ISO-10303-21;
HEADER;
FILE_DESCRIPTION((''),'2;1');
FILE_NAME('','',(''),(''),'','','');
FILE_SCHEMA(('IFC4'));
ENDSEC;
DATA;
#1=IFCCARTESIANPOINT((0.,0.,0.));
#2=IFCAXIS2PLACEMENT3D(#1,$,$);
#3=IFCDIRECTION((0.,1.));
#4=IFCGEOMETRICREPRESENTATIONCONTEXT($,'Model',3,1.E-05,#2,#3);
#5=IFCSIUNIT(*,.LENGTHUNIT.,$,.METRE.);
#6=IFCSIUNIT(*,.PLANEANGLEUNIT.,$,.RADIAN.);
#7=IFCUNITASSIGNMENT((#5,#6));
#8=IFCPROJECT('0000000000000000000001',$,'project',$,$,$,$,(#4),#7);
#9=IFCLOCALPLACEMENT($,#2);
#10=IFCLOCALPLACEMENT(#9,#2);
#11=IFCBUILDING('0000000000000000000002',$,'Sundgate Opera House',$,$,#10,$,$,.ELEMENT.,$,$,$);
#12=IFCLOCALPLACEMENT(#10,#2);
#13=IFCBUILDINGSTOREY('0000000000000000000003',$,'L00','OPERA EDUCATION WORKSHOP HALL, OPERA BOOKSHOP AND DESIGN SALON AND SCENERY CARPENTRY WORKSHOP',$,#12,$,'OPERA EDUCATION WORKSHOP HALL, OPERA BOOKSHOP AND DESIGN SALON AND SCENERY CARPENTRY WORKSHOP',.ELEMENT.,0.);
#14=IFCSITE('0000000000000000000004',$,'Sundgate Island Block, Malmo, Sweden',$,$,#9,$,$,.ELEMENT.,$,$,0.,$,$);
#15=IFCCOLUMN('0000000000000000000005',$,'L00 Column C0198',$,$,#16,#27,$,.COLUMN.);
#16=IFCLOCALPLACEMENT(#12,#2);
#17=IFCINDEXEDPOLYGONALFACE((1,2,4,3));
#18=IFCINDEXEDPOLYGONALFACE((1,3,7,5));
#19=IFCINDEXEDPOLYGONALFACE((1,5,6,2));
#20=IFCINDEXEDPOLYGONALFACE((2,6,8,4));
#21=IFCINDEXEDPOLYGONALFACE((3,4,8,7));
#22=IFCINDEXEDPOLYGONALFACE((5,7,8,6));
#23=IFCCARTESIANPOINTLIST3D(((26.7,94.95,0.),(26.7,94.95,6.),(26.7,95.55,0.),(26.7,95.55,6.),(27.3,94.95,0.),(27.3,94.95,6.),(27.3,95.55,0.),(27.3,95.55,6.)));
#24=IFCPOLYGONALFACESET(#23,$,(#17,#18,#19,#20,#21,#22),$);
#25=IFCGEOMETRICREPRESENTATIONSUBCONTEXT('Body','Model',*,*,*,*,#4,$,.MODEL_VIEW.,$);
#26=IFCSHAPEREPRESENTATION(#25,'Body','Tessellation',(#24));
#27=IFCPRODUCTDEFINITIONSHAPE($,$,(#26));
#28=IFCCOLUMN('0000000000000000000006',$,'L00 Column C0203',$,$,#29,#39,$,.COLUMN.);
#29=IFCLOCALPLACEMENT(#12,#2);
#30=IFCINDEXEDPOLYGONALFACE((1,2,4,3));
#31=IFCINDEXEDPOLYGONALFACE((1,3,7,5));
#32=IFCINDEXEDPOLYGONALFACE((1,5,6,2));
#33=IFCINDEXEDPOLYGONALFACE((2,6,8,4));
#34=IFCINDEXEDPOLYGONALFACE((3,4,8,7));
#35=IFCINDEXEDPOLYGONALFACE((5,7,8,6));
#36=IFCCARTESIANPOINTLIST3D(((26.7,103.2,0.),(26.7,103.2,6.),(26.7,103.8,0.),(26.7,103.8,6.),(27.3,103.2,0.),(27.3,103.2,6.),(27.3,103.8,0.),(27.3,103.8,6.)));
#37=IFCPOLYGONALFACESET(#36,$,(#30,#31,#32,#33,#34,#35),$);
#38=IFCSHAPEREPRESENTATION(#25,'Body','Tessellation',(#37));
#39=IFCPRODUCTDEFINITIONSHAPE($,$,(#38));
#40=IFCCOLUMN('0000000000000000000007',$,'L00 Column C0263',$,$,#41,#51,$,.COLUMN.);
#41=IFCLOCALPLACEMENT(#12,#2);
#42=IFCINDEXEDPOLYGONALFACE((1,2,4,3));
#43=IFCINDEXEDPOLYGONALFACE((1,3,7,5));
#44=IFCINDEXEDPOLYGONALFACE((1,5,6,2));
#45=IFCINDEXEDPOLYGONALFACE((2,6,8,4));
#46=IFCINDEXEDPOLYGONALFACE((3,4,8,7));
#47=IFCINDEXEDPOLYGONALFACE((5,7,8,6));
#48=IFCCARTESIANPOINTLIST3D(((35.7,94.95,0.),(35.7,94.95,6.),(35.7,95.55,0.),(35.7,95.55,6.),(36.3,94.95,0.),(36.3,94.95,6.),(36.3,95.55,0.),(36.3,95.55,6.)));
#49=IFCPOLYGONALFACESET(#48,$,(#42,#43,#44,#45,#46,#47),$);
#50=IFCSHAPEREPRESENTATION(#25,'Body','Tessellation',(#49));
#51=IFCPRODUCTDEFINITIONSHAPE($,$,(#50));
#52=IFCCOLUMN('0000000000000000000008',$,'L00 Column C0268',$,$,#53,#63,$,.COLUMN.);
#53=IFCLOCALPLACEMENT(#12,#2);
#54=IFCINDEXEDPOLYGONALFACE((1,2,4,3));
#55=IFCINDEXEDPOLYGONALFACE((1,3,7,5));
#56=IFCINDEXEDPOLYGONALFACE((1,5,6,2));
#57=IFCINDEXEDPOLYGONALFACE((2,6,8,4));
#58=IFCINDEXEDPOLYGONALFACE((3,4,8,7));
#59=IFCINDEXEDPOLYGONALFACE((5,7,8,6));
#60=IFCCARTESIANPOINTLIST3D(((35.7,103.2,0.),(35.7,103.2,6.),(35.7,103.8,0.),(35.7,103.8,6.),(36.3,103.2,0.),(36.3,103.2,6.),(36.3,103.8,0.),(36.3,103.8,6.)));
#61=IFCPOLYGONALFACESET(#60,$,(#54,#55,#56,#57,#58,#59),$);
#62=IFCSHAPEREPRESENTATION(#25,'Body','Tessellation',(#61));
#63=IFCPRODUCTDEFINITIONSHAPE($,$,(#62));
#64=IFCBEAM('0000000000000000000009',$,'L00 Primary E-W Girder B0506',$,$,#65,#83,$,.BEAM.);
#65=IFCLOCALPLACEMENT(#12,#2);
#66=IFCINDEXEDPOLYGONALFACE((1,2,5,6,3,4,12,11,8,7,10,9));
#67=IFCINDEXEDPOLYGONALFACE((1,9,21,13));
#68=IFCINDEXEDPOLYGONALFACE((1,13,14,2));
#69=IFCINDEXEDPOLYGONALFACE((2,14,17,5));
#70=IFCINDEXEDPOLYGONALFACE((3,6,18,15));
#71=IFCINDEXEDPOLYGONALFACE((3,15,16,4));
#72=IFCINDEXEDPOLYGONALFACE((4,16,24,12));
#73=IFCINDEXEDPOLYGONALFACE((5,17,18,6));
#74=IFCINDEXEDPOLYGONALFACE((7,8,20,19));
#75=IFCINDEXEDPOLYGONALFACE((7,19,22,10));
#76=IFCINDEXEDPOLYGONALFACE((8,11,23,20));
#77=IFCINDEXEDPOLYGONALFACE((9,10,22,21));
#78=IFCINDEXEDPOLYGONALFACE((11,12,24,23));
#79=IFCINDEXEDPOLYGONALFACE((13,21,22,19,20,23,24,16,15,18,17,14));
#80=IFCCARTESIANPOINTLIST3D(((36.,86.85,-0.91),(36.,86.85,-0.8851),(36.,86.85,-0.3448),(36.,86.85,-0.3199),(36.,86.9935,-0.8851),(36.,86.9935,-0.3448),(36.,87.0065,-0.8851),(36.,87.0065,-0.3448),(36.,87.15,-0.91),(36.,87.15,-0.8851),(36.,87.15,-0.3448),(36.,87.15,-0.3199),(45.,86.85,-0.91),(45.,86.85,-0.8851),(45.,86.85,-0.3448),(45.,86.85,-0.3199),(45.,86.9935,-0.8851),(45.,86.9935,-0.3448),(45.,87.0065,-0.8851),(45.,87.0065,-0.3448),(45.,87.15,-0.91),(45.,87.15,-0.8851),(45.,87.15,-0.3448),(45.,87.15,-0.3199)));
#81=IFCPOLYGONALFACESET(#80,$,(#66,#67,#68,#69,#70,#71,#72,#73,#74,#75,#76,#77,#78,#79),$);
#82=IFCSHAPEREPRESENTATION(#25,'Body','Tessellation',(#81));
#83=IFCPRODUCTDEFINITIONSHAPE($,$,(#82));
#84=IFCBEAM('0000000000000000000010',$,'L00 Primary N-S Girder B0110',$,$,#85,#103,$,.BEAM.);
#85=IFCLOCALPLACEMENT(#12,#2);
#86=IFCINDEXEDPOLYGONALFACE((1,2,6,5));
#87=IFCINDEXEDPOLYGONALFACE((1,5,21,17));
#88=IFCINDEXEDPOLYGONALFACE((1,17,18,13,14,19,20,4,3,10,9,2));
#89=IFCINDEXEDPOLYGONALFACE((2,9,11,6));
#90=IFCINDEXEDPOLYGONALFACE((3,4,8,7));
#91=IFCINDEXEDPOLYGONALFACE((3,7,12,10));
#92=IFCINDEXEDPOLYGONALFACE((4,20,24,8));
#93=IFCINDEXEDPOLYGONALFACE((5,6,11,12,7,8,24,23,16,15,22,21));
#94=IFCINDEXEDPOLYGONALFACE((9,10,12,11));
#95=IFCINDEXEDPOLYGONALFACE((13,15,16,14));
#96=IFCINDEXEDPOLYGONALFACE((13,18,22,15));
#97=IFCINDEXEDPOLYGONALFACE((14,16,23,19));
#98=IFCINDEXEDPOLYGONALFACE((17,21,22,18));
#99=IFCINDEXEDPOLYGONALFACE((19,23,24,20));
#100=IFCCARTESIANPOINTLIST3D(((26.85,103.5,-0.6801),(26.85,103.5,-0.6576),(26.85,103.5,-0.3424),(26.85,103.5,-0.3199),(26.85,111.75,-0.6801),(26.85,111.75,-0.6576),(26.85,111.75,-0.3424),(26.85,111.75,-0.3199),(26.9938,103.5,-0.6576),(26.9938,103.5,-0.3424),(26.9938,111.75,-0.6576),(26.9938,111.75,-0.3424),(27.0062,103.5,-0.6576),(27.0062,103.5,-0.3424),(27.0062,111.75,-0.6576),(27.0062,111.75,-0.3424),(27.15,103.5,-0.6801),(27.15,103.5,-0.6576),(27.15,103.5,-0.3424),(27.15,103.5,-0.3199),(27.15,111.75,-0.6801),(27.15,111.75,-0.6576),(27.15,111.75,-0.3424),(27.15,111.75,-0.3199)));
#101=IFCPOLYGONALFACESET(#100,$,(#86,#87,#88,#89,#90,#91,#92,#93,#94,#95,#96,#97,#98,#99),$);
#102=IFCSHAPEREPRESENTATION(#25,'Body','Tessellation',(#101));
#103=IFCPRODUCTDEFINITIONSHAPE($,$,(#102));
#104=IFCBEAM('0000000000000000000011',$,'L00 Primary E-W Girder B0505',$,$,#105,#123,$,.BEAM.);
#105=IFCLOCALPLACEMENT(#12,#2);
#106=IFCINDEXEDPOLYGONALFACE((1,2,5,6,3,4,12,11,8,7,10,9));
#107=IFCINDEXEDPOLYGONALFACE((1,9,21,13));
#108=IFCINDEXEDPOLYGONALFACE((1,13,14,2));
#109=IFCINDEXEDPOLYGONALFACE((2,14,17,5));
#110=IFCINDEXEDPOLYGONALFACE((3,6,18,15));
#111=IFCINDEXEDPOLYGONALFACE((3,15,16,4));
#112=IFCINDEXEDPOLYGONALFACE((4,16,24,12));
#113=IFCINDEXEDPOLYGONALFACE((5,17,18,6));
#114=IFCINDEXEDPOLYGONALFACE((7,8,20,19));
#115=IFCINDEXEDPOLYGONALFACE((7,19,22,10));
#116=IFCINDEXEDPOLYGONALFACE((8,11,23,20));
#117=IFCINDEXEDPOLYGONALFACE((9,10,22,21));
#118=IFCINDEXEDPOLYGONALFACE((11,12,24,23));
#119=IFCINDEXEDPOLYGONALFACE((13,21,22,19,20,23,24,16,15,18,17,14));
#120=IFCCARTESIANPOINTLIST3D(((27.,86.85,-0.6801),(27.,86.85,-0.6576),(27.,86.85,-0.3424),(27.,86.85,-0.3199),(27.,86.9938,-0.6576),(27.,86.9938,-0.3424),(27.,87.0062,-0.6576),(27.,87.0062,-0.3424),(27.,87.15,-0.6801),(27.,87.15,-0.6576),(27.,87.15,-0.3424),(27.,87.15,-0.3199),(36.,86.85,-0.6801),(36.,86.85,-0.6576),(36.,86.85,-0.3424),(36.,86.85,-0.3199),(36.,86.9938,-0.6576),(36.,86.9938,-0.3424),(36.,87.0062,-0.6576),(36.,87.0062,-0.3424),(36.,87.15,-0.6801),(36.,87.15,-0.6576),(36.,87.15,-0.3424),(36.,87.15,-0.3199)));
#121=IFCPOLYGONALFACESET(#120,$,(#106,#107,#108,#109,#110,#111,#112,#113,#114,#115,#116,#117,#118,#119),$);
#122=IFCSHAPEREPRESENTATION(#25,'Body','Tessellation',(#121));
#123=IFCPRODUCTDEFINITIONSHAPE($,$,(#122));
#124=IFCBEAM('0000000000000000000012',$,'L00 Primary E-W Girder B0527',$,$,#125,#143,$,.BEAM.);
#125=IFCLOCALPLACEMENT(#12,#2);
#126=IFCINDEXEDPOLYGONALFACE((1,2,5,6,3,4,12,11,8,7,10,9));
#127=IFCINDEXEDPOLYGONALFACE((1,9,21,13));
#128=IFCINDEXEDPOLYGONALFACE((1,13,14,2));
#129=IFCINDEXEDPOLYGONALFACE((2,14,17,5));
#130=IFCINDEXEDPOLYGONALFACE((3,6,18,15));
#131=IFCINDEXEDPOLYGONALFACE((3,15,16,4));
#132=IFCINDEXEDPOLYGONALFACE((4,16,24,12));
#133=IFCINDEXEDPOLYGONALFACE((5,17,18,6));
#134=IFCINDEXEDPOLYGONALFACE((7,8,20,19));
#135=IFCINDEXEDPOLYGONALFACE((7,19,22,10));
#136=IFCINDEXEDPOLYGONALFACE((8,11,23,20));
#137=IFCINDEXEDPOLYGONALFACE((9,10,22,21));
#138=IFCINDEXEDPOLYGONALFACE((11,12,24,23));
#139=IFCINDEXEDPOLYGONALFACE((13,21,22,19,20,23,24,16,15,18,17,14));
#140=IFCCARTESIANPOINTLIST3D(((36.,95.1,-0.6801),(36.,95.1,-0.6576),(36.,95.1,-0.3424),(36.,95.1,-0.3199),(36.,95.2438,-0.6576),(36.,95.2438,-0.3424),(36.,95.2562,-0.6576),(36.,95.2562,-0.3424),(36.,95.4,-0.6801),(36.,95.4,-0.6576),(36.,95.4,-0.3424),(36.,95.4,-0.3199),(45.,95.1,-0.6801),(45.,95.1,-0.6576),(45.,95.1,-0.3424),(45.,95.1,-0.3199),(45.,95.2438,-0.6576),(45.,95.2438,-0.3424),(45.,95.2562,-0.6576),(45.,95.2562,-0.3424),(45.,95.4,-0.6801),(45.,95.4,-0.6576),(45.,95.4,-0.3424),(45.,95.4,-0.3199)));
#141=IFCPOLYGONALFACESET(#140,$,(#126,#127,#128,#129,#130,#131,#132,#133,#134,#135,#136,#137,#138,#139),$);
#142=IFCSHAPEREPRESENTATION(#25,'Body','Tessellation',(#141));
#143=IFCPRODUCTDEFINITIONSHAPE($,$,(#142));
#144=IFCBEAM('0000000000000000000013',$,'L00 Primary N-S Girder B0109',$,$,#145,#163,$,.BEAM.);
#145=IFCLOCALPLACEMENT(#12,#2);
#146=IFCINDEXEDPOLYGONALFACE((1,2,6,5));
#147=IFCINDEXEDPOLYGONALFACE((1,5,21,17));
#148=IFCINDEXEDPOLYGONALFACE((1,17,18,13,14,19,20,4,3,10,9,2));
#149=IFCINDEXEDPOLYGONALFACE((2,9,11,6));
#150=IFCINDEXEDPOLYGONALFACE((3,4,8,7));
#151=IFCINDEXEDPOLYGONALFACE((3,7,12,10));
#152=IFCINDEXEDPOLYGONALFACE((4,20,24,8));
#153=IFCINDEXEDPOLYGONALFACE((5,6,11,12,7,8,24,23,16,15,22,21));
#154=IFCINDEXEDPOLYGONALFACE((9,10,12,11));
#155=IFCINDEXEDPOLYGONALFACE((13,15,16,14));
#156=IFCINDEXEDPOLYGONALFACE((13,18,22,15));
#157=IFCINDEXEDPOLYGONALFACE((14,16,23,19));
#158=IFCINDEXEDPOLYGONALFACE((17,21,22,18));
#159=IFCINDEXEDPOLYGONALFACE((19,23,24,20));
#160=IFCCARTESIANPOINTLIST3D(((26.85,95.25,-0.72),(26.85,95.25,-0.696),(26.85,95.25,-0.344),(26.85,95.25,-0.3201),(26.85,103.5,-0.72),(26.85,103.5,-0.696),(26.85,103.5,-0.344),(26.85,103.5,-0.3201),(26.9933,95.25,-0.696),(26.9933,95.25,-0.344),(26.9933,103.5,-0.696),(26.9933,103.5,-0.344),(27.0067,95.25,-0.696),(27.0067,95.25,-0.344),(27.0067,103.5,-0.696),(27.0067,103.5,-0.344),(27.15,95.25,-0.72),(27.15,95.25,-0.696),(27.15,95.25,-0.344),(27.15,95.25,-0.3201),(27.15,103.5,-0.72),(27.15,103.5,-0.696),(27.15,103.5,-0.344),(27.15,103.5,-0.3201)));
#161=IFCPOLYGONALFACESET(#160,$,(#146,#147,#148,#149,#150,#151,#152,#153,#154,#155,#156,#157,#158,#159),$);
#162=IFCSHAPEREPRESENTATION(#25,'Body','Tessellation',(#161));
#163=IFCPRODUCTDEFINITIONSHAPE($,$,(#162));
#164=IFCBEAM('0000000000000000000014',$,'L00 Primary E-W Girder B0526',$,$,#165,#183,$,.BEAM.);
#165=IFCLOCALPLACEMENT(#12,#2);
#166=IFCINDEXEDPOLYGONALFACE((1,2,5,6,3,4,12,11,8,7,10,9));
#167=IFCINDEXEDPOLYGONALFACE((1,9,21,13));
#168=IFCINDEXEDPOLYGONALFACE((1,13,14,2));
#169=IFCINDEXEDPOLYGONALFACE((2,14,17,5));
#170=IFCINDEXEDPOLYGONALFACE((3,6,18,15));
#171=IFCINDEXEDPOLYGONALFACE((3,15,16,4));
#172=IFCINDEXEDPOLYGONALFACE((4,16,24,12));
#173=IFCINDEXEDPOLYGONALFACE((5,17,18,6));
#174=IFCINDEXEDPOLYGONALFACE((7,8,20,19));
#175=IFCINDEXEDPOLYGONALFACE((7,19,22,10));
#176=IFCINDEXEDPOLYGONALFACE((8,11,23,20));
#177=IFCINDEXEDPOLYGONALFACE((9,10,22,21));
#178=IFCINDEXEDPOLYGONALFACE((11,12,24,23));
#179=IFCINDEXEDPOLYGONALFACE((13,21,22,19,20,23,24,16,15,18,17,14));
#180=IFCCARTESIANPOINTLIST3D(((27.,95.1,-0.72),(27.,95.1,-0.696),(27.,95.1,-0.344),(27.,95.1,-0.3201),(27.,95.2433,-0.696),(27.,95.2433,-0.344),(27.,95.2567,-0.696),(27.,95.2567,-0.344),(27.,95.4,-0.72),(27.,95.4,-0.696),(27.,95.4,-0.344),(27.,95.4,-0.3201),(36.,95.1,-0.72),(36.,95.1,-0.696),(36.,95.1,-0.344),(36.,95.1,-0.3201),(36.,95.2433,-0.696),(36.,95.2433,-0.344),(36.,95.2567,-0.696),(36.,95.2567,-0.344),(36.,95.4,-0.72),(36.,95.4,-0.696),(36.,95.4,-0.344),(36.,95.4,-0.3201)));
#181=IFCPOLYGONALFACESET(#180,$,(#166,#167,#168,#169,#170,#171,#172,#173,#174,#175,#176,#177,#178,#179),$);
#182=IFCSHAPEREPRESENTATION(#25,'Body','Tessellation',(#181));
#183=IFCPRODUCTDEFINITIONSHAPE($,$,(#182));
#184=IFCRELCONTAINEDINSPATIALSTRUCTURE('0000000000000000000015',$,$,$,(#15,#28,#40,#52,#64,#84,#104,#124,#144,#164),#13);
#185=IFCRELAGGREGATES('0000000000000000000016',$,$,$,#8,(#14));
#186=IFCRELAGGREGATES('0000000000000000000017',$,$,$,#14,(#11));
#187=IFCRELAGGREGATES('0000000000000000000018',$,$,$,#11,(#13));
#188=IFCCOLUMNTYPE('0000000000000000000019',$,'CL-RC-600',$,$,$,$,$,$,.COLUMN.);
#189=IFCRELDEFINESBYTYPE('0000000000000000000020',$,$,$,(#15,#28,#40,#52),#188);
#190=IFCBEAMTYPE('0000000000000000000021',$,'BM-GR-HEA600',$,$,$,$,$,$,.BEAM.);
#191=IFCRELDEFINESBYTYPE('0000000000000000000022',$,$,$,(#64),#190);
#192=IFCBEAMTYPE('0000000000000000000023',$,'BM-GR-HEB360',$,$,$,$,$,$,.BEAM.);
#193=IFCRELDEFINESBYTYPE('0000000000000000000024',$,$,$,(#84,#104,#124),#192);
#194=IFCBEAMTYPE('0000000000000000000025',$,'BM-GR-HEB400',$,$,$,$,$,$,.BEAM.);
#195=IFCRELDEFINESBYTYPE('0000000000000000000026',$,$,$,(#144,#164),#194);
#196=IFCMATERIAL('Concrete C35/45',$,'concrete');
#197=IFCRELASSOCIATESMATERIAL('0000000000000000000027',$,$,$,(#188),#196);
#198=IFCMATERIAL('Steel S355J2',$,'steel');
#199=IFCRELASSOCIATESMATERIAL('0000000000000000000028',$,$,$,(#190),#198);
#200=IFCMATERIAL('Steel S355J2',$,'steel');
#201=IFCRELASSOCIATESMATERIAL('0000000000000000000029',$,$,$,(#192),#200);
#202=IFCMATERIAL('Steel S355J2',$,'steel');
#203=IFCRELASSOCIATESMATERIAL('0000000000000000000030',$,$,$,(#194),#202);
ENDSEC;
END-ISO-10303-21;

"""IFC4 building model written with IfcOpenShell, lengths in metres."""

from ifc_helpers import new_model, si_unit, direction, frame, origin, origin_2d, place, context, subcontext, project, spatial, rectangle, i_section, extrude, material, material_profile, profile_set, type_object, element, save


model = new_model("IFC4")

# Units and contexts
model_context = context("Model", 3, precision=1e-05, world=origin(), true_north=direction((0.0, 1.0)))
body_context = subcontext(model_context, "Body", "Model", "MODEL_VIEW")
ifc_project = project(units=[si_unit("LENGTHUNIT", "METRE"), si_unit("PLANEANGLEUNIT", "RADIAN")], contexts=[model_context])

# Site, building, storey
site_placement = place(None, origin())
site = spatial("IfcSite", under=ifc_project, at=site_placement, Name="Sundgate Island Block, Malmo, Sweden", CompositionType="ELEMENT", RefElevation=0.0)
building_placement = place(site_placement, origin())
building = spatial("IfcBuilding", under=site, at=building_placement, Name="Sundgate Opera House", CompositionType="ELEMENT")
storey_placement = place(building_placement, origin())
storey = spatial("IfcBuildingStorey", under=building, at=storey_placement, Name="L00", Description="OPERA EDUCATION WORKSHOP HALL, OPERA BOOKSHOP AND DESIGN SALON AND SCENERY CARPENTRY WORKSHOP", LongName="OPERA EDUCATION WORKSHOP HALL, OPERA BOOKSHOP AND DESIGN SALON AND SCENERY CARPENTRY WORKSHOP", CompositionType="ELEMENT", Elevation=0.0)

# Columns
ifc_material_1 = material(Name="Concrete C35/45", Category="concrete")
ifc_material_profile_1 = material_profile(ifc_material_1, rectangle(XDim=0.6001, YDim=0.6001, at=origin_2d()), Name="RC 600x600")
ifc_profile_set_1 = profile_set([ifc_material_profile_1], Name="Concrete C35/45")
column_type = type_object("IfcColumnType", Name="CL-RC-600", PredefinedType="COLUMN", material=ifc_profile_set_1)
for number, where, z_axis, x_axis, name in (
    (1, (27.0, 95.25, 0.0), (0.0, 0.0, 1.0), (1.0, 0.0, 0.0), "L00 Column C0198"),
    (2, (27.0, 103.5, 0.0), (0.0, 0.0, 1.0), (1.0, 0.0, 0.0), "L00 Column C0203"),
    (3, (36.0, 95.25, 0.0), (0.0, 0.0, 1.0), (1.0, 0.0, 0.0), "L00 Column C0263"),
    (4, (36.0, 103.5, 0.0), (0.0, 0.0, 1.0), (1.0, 0.0, 0.0), "L00 Column C0268"),
):
    element("IfcColumn", number, at=place(storey_placement, frame(where, z_axis=z_axis, x_axis=x_axis)), inside=storey, type_object=column_type, Name=name, PredefinedType="COLUMN", context=body_context, shape_type="SweptSolid", body=[
        extrude(rectangle(XDim=0.6001, YDim=0.6001, at=origin_2d()), origin(), (0.0, 0.0, 1.0), 6.0),
    ])

# Beams
ifc_material_2 = material(Name="Steel S355J2", Category="steel")
ifc_material_profile_2 = material_profile(ifc_material_2, i_section(OverallWidth=0.3, OverallDepth=0.5901, WebThickness=0.0129, FlangeThickness=0.0249, at=origin_2d()), Name="HEA 600")
ifc_profile_set_2 = profile_set([ifc_material_profile_2], Name="Steel S355J2")
beam_type_1 = type_object("IfcBeamType", Name="BM-GR-HEA600", PredefinedType="BEAM", material=ifc_profile_set_2)
beam_1_placement = place(storey_placement, frame((36.0, 87.0, -0.615), z_axis=(1.0, 0.0, 0.0), x_axis=(0.0, 1.0, 0.0)))
element("IfcBeam", 5, at=beam_1_placement, inside=storey, type_object=beam_type_1, Name="L00 Primary E-W Girder B0506", PredefinedType="BEAM", context=body_context, shape_type="SweptSolid", body=[
    extrude(i_section(OverallWidth=0.3, OverallDepth=0.5901, WebThickness=0.0129, FlangeThickness=0.0249, at=origin_2d()), origin(), (0.0, 0.0, 1.0), 9.0),
])
ifc_material_3 = material(Name="Steel S355J2", Category="steel")
ifc_material_profile_3 = material_profile(ifc_material_3, i_section(OverallWidth=0.3, OverallDepth=0.3601, WebThickness=0.0125, FlangeThickness=0.0225, at=origin_2d()), Name="HEB 360")
ifc_profile_set_3 = profile_set([ifc_material_profile_3], Name="Steel S355J2")
beam_type_2 = type_object("IfcBeamType", Name="BM-GR-HEB360", PredefinedType="BEAM", material=ifc_profile_set_3)
beam_2_placement = place(storey_placement, frame((27.0, 103.5, -0.5), z_axis=(0.0, 1.0, 0.0), x_axis=(-1.0, 0.0, 0.0)))
element("IfcBeam", 6, at=beam_2_placement, inside=storey, type_object=beam_type_2, Name="L00 Primary N-S Girder B0110", PredefinedType="BEAM", context=body_context, shape_type="SweptSolid", body=[
    extrude(i_section(OverallWidth=0.3, OverallDepth=0.3601, WebThickness=0.0125, FlangeThickness=0.0225, at=origin_2d()), origin(), (0.0, 0.0, 1.0), 8.25),
])
for number, where, z_axis, x_axis, name in (
    (7, (27.0, 87.0, -0.5), (1.0, 0.0, 0.0), (0.0, 1.0, 0.0), "L00 Primary E-W Girder B0505"),
    (8, (36.0, 95.25, -0.5), (1.0, 0.0, 0.0), (0.0, 1.0, 0.0), "L00 Primary E-W Girder B0527"),
):
    element("IfcBeam", number, at=place(storey_placement, frame(where, z_axis=z_axis, x_axis=x_axis)), inside=storey, type_object=beam_type_2, Name=name, PredefinedType="BEAM", context=body_context, shape_type="SweptSolid", body=[
        extrude(i_section(OverallWidth=0.3, OverallDepth=0.3601, WebThickness=0.0125, FlangeThickness=0.0225, at=origin_2d()), origin(), (0.0, 0.0, 1.0), 9.0),
    ])
ifc_material_4 = material(Name="Steel S355J2", Category="steel")
ifc_material_profile_4 = material_profile(ifc_material_4, i_section(OverallWidth=0.3, OverallDepth=0.3999, WebThickness=0.0134, FlangeThickness=0.0239, at=origin_2d()), Name="HEB 400")
ifc_profile_set_4 = profile_set([ifc_material_profile_4], Name="Steel S355J2")
beam_type_3 = type_object("IfcBeamType", Name="BM-GR-HEB400", PredefinedType="BEAM", material=ifc_profile_set_4)
beam_3_placement = place(storey_placement, frame((27.0, 95.25, -0.52), z_axis=(0.0, 1.0, 0.0), x_axis=(-1.0, 0.0, 0.0)))
element("IfcBeam", 9, at=beam_3_placement, inside=storey, type_object=beam_type_3, Name="L00 Primary N-S Girder B0109", PredefinedType="BEAM", context=body_context, shape_type="SweptSolid", body=[
    extrude(i_section(OverallWidth=0.3, OverallDepth=0.3999, WebThickness=0.0134, FlangeThickness=0.0239, at=origin_2d()), origin(), (0.0, 0.0, 1.0), 8.25),
])
beam_4_placement = place(storey_placement, frame((27.0, 95.25, -0.52), z_axis=(1.0, 0.0, 0.0), x_axis=(0.0, 1.0, 0.0)))
element("IfcBeam", 10, at=beam_4_placement, inside=storey, type_object=beam_type_3, Name="L00 Primary E-W Girder B0526", PredefinedType="BEAM", context=body_context, shape_type="SweptSolid", body=[
    extrude(i_section(OverallWidth=0.3, OverallDepth=0.3999, WebThickness=0.0134, FlangeThickness=0.0239, at=origin_2d()), origin(), (0.0, 0.0, 1.0), 9.0),
])

save(model, "model.ifc")
